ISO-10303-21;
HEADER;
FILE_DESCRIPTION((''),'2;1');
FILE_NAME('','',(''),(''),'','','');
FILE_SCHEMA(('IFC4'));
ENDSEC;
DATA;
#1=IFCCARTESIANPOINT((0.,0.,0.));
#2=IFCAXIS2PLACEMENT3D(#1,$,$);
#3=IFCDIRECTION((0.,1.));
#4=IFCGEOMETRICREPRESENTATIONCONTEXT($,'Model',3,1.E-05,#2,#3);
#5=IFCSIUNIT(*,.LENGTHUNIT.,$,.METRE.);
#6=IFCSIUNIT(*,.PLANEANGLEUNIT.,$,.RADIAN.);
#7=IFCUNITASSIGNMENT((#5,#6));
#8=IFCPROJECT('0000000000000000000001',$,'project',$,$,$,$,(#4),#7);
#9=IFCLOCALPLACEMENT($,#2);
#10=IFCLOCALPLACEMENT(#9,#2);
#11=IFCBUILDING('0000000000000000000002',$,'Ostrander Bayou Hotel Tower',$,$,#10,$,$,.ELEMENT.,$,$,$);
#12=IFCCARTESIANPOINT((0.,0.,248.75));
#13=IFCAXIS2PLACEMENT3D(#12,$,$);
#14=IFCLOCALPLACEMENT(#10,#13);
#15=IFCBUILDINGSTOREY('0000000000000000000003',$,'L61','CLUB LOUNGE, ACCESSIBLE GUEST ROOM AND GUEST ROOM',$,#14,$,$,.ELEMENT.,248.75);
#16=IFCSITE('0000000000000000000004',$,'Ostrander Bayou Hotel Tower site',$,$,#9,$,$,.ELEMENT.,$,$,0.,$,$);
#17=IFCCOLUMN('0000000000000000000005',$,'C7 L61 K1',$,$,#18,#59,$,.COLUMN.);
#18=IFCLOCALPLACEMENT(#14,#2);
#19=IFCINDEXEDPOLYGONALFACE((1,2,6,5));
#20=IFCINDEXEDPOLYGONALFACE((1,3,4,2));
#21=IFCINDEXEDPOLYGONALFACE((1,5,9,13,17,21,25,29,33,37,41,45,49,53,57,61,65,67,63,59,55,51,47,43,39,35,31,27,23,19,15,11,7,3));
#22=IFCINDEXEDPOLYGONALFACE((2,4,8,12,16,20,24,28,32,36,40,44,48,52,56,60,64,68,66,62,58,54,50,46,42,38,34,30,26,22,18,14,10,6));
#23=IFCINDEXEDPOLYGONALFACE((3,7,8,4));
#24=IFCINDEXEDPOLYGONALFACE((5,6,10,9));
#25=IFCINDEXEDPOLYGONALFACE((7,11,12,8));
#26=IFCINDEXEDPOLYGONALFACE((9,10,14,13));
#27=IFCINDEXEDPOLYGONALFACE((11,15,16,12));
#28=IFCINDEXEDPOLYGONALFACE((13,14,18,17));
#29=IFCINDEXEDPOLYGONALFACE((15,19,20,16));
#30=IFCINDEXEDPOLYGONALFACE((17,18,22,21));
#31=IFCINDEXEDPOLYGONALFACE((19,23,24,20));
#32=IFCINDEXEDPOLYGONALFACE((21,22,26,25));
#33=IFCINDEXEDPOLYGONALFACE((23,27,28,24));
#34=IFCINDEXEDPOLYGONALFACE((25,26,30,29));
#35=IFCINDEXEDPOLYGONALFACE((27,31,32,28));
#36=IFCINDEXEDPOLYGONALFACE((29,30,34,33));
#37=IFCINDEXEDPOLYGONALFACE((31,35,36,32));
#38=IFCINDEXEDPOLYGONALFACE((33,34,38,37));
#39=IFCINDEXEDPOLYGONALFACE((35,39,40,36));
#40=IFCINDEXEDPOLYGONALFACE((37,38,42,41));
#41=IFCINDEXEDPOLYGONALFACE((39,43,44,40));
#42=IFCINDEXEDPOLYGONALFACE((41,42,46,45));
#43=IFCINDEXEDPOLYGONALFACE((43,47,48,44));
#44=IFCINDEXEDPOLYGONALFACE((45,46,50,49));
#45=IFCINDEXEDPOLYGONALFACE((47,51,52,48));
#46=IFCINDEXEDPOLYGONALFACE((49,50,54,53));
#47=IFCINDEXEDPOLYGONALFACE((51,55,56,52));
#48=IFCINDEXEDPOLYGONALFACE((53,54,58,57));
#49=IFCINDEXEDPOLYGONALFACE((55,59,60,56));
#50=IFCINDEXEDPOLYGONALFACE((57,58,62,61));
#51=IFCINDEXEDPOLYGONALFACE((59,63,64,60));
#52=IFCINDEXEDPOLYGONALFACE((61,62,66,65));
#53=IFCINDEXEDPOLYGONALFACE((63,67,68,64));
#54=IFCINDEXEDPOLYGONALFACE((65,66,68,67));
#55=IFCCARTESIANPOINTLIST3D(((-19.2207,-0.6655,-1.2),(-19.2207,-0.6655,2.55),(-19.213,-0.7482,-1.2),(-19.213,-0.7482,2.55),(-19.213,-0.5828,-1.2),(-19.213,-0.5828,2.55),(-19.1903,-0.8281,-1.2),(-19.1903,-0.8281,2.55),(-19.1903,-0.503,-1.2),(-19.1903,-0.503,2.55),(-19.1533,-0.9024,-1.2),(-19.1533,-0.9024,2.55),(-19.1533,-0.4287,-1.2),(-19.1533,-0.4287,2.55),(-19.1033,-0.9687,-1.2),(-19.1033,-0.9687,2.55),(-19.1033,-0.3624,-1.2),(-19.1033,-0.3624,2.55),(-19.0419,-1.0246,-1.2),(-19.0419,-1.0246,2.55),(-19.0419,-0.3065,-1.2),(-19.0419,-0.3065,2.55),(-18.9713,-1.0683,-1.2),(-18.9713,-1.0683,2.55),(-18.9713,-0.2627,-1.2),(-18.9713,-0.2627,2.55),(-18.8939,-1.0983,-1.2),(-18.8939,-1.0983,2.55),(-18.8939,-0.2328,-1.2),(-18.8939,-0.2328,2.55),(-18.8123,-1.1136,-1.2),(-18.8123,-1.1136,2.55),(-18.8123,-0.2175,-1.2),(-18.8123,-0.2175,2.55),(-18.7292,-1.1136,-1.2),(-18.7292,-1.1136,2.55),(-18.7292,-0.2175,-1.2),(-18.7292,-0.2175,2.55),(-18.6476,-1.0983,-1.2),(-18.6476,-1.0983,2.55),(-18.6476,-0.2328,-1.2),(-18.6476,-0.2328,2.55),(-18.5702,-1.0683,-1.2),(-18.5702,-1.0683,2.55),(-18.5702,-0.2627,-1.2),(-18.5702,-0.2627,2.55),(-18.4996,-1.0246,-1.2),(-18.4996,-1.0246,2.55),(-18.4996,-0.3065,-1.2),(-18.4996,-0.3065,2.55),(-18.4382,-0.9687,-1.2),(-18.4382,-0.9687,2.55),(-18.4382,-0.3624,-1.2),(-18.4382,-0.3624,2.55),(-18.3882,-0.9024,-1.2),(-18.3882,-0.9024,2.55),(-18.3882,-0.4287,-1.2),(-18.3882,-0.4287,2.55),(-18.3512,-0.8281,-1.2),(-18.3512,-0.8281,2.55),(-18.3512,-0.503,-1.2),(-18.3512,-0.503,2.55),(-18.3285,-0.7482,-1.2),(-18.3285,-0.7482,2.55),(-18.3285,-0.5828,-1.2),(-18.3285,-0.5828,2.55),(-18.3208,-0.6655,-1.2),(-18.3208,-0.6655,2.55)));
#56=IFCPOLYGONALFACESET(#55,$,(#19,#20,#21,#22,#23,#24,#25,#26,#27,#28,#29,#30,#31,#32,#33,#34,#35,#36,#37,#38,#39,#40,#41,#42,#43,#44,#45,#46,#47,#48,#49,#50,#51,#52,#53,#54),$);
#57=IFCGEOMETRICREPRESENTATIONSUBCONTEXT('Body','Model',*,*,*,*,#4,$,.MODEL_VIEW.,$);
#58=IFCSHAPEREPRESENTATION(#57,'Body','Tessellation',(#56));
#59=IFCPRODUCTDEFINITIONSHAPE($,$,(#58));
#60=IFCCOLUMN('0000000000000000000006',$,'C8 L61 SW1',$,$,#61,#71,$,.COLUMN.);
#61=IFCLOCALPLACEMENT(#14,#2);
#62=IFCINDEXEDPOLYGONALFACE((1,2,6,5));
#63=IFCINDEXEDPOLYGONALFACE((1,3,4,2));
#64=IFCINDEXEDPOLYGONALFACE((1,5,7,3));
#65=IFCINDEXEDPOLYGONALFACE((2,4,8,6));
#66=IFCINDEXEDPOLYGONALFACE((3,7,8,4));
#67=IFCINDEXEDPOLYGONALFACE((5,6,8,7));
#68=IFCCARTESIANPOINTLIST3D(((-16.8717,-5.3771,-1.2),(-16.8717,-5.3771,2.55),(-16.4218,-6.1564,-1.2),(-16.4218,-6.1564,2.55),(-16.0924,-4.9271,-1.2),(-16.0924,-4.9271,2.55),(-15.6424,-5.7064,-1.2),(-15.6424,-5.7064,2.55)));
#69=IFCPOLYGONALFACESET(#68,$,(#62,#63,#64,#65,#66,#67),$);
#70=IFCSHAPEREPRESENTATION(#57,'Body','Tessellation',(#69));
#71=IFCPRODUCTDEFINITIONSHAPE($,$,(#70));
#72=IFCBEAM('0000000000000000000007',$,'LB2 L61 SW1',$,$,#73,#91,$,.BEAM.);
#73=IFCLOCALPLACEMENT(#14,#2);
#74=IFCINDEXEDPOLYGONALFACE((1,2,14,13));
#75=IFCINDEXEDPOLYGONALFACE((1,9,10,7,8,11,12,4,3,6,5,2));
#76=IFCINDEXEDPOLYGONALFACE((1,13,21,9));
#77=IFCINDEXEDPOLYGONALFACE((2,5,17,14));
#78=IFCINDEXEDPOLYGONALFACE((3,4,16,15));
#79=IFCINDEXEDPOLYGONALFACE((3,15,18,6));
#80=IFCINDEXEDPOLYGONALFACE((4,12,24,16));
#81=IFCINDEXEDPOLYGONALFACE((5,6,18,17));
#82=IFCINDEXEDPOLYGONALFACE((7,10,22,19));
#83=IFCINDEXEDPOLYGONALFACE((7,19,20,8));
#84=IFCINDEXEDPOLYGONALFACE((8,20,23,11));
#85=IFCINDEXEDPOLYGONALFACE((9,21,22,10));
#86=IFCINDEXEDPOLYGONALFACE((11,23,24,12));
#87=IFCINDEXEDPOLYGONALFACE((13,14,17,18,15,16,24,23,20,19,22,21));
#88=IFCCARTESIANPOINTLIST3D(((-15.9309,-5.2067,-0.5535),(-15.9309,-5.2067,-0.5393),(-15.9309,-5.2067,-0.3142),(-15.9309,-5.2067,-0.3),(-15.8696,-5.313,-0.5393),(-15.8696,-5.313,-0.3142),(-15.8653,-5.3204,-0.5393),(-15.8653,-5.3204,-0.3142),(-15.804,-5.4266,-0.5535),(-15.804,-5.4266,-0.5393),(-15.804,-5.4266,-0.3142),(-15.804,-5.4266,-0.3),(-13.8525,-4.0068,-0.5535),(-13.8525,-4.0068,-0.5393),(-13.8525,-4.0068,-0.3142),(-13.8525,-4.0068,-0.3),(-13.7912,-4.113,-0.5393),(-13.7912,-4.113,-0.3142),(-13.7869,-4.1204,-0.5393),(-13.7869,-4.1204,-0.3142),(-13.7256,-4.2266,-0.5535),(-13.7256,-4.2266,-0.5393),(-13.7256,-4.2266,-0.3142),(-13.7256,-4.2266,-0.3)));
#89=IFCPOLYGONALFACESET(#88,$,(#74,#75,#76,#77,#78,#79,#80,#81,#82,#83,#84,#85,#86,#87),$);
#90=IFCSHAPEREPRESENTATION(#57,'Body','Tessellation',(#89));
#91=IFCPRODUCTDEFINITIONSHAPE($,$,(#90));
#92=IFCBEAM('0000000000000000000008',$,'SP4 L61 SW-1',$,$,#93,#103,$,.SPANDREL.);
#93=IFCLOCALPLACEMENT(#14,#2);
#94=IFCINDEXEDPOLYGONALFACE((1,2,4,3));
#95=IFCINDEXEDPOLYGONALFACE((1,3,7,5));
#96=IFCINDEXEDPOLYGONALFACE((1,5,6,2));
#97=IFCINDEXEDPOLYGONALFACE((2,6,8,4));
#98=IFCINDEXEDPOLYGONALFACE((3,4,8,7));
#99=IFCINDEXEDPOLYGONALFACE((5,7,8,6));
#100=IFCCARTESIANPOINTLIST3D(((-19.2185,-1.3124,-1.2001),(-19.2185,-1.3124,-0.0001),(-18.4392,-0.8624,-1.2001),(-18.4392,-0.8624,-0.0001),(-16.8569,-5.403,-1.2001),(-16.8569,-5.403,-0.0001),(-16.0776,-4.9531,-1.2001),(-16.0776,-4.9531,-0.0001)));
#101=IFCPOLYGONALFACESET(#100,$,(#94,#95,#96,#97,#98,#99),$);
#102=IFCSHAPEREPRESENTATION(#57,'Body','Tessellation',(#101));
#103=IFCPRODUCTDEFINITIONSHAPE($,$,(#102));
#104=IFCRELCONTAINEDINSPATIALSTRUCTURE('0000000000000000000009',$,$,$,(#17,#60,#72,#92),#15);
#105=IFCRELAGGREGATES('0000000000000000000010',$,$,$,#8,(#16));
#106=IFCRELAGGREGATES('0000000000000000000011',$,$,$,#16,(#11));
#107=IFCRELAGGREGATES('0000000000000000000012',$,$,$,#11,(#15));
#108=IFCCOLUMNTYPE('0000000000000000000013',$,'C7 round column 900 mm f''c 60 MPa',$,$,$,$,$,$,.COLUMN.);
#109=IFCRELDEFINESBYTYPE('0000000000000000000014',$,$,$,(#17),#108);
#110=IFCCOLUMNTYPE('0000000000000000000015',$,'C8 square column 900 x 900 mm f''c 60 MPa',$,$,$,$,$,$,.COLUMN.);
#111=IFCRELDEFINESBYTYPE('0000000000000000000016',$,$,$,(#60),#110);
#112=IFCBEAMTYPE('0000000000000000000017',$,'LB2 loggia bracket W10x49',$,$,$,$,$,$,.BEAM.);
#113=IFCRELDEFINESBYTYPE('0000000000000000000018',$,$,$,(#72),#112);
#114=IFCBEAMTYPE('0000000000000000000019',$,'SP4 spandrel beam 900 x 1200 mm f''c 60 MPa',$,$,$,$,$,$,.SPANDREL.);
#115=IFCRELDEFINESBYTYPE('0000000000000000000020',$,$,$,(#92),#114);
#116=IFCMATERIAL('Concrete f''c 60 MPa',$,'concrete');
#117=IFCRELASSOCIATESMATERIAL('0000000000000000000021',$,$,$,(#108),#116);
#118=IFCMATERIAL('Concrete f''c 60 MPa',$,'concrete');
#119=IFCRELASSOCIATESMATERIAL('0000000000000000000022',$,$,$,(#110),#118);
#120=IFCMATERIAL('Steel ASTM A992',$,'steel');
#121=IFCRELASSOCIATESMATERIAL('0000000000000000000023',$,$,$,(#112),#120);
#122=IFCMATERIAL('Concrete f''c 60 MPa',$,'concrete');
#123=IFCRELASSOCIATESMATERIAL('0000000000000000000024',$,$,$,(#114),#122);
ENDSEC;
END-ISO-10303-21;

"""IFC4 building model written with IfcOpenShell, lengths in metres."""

from ifc_helpers import new_model, si_unit, direction, frame, origin, origin_2d, place, context, subcontext, project, spatial, rectangle, circle, i_section, extrude, material, material_profile, profile_set, type_object, element, save


model = new_model("IFC4")

# Units and contexts
model_context = context("Model", 3, precision=1e-05, world=origin(), true_north=direction((0.0, 1.0)))
body_context = subcontext(model_context, "Body", "Model", "MODEL_VIEW")
ifc_project = project(units=[si_unit("LENGTHUNIT", "METRE"), si_unit("PLANEANGLEUNIT", "RADIAN")], contexts=[model_context])

# Site, building, storey
site_placement = place(None, origin())
site = spatial("IfcSite", under=ifc_project, at=site_placement, Name="Ostrander Bayou Hotel Tower site", CompositionType="ELEMENT", RefElevation=0.0)
building_placement = place(site_placement, origin())
building = spatial("IfcBuilding", under=site, at=building_placement, Name="Ostrander Bayou Hotel Tower", CompositionType="ELEMENT")
storey_placement = place(building_placement, frame((0.0, 0.0, 248.75)))
storey = spatial("IfcBuildingStorey", under=building, at=storey_placement, Name="L61", Description="CLUB LOUNGE, ACCESSIBLE GUEST ROOM AND GUEST ROOM", CompositionType="ELEMENT", Elevation=248.75)

# Columns
ifc_material_1 = material(Name="Concrete f'c 60 MPa", Category="concrete")
ifc_material_profile_1 = material_profile(ifc_material_1, circle(Radius=0.45, at=origin_2d()))
ifc_profile_set_1 = profile_set([ifc_material_profile_1], Name="Concrete f'c 60 MPa")
column_type_1 = type_object("IfcColumnType", Name="C7 round column 900 mm f'c 60 MPa", PredefinedType="COLUMN", material=ifc_profile_set_1)
column_1_placement = place(storey_placement, frame((-18.7708, -0.6655, -1.2), z_axis=(0.0, 0.0, 1.0), x_axis=(1.0, 0.0, 0.0)))
element("IfcColumn", 1, at=column_1_placement, inside=storey, type_object=column_type_1, Name="C7 L61 K1", PredefinedType="COLUMN", context=body_context, shape_type="SweptSolid", body=[
    extrude(circle(Radius=0.45, at=origin_2d()), origin(), (0.0, 0.0, 1.0), 3.75),
])
ifc_material_2 = material(Name="Concrete f'c 60 MPa", Category="concrete")
ifc_material_profile_2 = material_profile(ifc_material_2, rectangle(XDim=0.8999, YDim=0.8999, at=origin_2d()))
ifc_profile_set_2 = profile_set([ifc_material_profile_2], Name="Concrete f'c 60 MPa")
column_type_2 = type_object("IfcColumnType", Name="C8 square column 900 x 900 mm f'c 60 MPa", PredefinedType="COLUMN", material=ifc_profile_set_2)
column_2_placement = place(storey_placement, frame((-16.2571, -5.5417, -1.2), z_axis=(0.0, 0.0, 1.0), x_axis=(-0.5, 0.866025, 0.0)))
element("IfcColumn", 2, at=column_2_placement, inside=storey, type_object=column_type_2, Name="C8 L61 SW1", PredefinedType="COLUMN", context=body_context, shape_type="SweptSolid", body=[
    extrude(rectangle(XDim=0.8999, YDim=0.8999, at=origin_2d()), origin(), (0.0, 0.0, 1.0), 3.75),
])

# Beams
ifc_material_3 = material(Name="Steel ASTM A992", Category="steel")
ifc_material_profile_3 = material_profile(ifc_material_3, i_section(OverallWidth=0.2539, OverallDepth=0.2534, WebThickness=0.0085, FlangeThickness=0.0142, at=origin_2d()))
ifc_profile_set_3 = profile_set([ifc_material_profile_3], Name="Steel ASTM A992")
beam_type_1 = type_object("IfcBeamType", Name="LB2 loggia bracket W10x49", PredefinedType="BEAM", material=ifc_profile_set_3)
beam_1_placement = place(storey_placement, frame((-15.8674, -5.3167, -0.4268), z_axis=(0.866025, 0.500001, 0.0), x_axis=(-0.500001, 0.866025, 0.0)))
element("IfcBeam", 3, at=beam_1_placement, inside=storey, type_object=beam_type_1, Name="LB2 L61 SW1", PredefinedType="BEAM", context=body_context, shape_type="SweptSolid", body=[
    extrude(i_section(OverallWidth=0.2539, OverallDepth=0.2534, WebThickness=0.0085, FlangeThickness=0.0142, at=origin_2d()), origin(), (0.0, 0.0, 1.0), 2.3999),
])
ifc_material_4 = material(Name="Concrete f'c 60 MPa", Category="concrete")
ifc_material_profile_4 = material_profile(ifc_material_4, rectangle(XDim=0.8999, YDim=1.2, at=origin_2d()))
ifc_profile_set_4 = profile_set([ifc_material_profile_4], Name="Concrete f'c 60 MPa")
beam_type_2 = type_object("IfcBeamType", Name="SP4 spandrel beam 900 x 1200 mm f'c 60 MPa", PredefinedType="SPANDREL", material=ifc_profile_set_4)
beam_2_placement = place(storey_placement, frame((-18.8289, -1.0874, -0.6001), z_axis=(0.49998, -0.866037, 0.0), x_axis=(0.866037, 0.49998, 0.0)))
element("IfcBeam", 4, at=beam_2_placement, inside=storey, type_object=beam_type_2, Name="SP4 L61 SW-1", PredefinedType="SPANDREL", context=body_context, shape_type="SweptSolid", body=[
    extrude(rectangle(XDim=0.8999, YDim=1.2, at=origin_2d()), origin(), (0.0, 0.0, 1.0), 4.7234),
])

save(model, "model.ifc")
